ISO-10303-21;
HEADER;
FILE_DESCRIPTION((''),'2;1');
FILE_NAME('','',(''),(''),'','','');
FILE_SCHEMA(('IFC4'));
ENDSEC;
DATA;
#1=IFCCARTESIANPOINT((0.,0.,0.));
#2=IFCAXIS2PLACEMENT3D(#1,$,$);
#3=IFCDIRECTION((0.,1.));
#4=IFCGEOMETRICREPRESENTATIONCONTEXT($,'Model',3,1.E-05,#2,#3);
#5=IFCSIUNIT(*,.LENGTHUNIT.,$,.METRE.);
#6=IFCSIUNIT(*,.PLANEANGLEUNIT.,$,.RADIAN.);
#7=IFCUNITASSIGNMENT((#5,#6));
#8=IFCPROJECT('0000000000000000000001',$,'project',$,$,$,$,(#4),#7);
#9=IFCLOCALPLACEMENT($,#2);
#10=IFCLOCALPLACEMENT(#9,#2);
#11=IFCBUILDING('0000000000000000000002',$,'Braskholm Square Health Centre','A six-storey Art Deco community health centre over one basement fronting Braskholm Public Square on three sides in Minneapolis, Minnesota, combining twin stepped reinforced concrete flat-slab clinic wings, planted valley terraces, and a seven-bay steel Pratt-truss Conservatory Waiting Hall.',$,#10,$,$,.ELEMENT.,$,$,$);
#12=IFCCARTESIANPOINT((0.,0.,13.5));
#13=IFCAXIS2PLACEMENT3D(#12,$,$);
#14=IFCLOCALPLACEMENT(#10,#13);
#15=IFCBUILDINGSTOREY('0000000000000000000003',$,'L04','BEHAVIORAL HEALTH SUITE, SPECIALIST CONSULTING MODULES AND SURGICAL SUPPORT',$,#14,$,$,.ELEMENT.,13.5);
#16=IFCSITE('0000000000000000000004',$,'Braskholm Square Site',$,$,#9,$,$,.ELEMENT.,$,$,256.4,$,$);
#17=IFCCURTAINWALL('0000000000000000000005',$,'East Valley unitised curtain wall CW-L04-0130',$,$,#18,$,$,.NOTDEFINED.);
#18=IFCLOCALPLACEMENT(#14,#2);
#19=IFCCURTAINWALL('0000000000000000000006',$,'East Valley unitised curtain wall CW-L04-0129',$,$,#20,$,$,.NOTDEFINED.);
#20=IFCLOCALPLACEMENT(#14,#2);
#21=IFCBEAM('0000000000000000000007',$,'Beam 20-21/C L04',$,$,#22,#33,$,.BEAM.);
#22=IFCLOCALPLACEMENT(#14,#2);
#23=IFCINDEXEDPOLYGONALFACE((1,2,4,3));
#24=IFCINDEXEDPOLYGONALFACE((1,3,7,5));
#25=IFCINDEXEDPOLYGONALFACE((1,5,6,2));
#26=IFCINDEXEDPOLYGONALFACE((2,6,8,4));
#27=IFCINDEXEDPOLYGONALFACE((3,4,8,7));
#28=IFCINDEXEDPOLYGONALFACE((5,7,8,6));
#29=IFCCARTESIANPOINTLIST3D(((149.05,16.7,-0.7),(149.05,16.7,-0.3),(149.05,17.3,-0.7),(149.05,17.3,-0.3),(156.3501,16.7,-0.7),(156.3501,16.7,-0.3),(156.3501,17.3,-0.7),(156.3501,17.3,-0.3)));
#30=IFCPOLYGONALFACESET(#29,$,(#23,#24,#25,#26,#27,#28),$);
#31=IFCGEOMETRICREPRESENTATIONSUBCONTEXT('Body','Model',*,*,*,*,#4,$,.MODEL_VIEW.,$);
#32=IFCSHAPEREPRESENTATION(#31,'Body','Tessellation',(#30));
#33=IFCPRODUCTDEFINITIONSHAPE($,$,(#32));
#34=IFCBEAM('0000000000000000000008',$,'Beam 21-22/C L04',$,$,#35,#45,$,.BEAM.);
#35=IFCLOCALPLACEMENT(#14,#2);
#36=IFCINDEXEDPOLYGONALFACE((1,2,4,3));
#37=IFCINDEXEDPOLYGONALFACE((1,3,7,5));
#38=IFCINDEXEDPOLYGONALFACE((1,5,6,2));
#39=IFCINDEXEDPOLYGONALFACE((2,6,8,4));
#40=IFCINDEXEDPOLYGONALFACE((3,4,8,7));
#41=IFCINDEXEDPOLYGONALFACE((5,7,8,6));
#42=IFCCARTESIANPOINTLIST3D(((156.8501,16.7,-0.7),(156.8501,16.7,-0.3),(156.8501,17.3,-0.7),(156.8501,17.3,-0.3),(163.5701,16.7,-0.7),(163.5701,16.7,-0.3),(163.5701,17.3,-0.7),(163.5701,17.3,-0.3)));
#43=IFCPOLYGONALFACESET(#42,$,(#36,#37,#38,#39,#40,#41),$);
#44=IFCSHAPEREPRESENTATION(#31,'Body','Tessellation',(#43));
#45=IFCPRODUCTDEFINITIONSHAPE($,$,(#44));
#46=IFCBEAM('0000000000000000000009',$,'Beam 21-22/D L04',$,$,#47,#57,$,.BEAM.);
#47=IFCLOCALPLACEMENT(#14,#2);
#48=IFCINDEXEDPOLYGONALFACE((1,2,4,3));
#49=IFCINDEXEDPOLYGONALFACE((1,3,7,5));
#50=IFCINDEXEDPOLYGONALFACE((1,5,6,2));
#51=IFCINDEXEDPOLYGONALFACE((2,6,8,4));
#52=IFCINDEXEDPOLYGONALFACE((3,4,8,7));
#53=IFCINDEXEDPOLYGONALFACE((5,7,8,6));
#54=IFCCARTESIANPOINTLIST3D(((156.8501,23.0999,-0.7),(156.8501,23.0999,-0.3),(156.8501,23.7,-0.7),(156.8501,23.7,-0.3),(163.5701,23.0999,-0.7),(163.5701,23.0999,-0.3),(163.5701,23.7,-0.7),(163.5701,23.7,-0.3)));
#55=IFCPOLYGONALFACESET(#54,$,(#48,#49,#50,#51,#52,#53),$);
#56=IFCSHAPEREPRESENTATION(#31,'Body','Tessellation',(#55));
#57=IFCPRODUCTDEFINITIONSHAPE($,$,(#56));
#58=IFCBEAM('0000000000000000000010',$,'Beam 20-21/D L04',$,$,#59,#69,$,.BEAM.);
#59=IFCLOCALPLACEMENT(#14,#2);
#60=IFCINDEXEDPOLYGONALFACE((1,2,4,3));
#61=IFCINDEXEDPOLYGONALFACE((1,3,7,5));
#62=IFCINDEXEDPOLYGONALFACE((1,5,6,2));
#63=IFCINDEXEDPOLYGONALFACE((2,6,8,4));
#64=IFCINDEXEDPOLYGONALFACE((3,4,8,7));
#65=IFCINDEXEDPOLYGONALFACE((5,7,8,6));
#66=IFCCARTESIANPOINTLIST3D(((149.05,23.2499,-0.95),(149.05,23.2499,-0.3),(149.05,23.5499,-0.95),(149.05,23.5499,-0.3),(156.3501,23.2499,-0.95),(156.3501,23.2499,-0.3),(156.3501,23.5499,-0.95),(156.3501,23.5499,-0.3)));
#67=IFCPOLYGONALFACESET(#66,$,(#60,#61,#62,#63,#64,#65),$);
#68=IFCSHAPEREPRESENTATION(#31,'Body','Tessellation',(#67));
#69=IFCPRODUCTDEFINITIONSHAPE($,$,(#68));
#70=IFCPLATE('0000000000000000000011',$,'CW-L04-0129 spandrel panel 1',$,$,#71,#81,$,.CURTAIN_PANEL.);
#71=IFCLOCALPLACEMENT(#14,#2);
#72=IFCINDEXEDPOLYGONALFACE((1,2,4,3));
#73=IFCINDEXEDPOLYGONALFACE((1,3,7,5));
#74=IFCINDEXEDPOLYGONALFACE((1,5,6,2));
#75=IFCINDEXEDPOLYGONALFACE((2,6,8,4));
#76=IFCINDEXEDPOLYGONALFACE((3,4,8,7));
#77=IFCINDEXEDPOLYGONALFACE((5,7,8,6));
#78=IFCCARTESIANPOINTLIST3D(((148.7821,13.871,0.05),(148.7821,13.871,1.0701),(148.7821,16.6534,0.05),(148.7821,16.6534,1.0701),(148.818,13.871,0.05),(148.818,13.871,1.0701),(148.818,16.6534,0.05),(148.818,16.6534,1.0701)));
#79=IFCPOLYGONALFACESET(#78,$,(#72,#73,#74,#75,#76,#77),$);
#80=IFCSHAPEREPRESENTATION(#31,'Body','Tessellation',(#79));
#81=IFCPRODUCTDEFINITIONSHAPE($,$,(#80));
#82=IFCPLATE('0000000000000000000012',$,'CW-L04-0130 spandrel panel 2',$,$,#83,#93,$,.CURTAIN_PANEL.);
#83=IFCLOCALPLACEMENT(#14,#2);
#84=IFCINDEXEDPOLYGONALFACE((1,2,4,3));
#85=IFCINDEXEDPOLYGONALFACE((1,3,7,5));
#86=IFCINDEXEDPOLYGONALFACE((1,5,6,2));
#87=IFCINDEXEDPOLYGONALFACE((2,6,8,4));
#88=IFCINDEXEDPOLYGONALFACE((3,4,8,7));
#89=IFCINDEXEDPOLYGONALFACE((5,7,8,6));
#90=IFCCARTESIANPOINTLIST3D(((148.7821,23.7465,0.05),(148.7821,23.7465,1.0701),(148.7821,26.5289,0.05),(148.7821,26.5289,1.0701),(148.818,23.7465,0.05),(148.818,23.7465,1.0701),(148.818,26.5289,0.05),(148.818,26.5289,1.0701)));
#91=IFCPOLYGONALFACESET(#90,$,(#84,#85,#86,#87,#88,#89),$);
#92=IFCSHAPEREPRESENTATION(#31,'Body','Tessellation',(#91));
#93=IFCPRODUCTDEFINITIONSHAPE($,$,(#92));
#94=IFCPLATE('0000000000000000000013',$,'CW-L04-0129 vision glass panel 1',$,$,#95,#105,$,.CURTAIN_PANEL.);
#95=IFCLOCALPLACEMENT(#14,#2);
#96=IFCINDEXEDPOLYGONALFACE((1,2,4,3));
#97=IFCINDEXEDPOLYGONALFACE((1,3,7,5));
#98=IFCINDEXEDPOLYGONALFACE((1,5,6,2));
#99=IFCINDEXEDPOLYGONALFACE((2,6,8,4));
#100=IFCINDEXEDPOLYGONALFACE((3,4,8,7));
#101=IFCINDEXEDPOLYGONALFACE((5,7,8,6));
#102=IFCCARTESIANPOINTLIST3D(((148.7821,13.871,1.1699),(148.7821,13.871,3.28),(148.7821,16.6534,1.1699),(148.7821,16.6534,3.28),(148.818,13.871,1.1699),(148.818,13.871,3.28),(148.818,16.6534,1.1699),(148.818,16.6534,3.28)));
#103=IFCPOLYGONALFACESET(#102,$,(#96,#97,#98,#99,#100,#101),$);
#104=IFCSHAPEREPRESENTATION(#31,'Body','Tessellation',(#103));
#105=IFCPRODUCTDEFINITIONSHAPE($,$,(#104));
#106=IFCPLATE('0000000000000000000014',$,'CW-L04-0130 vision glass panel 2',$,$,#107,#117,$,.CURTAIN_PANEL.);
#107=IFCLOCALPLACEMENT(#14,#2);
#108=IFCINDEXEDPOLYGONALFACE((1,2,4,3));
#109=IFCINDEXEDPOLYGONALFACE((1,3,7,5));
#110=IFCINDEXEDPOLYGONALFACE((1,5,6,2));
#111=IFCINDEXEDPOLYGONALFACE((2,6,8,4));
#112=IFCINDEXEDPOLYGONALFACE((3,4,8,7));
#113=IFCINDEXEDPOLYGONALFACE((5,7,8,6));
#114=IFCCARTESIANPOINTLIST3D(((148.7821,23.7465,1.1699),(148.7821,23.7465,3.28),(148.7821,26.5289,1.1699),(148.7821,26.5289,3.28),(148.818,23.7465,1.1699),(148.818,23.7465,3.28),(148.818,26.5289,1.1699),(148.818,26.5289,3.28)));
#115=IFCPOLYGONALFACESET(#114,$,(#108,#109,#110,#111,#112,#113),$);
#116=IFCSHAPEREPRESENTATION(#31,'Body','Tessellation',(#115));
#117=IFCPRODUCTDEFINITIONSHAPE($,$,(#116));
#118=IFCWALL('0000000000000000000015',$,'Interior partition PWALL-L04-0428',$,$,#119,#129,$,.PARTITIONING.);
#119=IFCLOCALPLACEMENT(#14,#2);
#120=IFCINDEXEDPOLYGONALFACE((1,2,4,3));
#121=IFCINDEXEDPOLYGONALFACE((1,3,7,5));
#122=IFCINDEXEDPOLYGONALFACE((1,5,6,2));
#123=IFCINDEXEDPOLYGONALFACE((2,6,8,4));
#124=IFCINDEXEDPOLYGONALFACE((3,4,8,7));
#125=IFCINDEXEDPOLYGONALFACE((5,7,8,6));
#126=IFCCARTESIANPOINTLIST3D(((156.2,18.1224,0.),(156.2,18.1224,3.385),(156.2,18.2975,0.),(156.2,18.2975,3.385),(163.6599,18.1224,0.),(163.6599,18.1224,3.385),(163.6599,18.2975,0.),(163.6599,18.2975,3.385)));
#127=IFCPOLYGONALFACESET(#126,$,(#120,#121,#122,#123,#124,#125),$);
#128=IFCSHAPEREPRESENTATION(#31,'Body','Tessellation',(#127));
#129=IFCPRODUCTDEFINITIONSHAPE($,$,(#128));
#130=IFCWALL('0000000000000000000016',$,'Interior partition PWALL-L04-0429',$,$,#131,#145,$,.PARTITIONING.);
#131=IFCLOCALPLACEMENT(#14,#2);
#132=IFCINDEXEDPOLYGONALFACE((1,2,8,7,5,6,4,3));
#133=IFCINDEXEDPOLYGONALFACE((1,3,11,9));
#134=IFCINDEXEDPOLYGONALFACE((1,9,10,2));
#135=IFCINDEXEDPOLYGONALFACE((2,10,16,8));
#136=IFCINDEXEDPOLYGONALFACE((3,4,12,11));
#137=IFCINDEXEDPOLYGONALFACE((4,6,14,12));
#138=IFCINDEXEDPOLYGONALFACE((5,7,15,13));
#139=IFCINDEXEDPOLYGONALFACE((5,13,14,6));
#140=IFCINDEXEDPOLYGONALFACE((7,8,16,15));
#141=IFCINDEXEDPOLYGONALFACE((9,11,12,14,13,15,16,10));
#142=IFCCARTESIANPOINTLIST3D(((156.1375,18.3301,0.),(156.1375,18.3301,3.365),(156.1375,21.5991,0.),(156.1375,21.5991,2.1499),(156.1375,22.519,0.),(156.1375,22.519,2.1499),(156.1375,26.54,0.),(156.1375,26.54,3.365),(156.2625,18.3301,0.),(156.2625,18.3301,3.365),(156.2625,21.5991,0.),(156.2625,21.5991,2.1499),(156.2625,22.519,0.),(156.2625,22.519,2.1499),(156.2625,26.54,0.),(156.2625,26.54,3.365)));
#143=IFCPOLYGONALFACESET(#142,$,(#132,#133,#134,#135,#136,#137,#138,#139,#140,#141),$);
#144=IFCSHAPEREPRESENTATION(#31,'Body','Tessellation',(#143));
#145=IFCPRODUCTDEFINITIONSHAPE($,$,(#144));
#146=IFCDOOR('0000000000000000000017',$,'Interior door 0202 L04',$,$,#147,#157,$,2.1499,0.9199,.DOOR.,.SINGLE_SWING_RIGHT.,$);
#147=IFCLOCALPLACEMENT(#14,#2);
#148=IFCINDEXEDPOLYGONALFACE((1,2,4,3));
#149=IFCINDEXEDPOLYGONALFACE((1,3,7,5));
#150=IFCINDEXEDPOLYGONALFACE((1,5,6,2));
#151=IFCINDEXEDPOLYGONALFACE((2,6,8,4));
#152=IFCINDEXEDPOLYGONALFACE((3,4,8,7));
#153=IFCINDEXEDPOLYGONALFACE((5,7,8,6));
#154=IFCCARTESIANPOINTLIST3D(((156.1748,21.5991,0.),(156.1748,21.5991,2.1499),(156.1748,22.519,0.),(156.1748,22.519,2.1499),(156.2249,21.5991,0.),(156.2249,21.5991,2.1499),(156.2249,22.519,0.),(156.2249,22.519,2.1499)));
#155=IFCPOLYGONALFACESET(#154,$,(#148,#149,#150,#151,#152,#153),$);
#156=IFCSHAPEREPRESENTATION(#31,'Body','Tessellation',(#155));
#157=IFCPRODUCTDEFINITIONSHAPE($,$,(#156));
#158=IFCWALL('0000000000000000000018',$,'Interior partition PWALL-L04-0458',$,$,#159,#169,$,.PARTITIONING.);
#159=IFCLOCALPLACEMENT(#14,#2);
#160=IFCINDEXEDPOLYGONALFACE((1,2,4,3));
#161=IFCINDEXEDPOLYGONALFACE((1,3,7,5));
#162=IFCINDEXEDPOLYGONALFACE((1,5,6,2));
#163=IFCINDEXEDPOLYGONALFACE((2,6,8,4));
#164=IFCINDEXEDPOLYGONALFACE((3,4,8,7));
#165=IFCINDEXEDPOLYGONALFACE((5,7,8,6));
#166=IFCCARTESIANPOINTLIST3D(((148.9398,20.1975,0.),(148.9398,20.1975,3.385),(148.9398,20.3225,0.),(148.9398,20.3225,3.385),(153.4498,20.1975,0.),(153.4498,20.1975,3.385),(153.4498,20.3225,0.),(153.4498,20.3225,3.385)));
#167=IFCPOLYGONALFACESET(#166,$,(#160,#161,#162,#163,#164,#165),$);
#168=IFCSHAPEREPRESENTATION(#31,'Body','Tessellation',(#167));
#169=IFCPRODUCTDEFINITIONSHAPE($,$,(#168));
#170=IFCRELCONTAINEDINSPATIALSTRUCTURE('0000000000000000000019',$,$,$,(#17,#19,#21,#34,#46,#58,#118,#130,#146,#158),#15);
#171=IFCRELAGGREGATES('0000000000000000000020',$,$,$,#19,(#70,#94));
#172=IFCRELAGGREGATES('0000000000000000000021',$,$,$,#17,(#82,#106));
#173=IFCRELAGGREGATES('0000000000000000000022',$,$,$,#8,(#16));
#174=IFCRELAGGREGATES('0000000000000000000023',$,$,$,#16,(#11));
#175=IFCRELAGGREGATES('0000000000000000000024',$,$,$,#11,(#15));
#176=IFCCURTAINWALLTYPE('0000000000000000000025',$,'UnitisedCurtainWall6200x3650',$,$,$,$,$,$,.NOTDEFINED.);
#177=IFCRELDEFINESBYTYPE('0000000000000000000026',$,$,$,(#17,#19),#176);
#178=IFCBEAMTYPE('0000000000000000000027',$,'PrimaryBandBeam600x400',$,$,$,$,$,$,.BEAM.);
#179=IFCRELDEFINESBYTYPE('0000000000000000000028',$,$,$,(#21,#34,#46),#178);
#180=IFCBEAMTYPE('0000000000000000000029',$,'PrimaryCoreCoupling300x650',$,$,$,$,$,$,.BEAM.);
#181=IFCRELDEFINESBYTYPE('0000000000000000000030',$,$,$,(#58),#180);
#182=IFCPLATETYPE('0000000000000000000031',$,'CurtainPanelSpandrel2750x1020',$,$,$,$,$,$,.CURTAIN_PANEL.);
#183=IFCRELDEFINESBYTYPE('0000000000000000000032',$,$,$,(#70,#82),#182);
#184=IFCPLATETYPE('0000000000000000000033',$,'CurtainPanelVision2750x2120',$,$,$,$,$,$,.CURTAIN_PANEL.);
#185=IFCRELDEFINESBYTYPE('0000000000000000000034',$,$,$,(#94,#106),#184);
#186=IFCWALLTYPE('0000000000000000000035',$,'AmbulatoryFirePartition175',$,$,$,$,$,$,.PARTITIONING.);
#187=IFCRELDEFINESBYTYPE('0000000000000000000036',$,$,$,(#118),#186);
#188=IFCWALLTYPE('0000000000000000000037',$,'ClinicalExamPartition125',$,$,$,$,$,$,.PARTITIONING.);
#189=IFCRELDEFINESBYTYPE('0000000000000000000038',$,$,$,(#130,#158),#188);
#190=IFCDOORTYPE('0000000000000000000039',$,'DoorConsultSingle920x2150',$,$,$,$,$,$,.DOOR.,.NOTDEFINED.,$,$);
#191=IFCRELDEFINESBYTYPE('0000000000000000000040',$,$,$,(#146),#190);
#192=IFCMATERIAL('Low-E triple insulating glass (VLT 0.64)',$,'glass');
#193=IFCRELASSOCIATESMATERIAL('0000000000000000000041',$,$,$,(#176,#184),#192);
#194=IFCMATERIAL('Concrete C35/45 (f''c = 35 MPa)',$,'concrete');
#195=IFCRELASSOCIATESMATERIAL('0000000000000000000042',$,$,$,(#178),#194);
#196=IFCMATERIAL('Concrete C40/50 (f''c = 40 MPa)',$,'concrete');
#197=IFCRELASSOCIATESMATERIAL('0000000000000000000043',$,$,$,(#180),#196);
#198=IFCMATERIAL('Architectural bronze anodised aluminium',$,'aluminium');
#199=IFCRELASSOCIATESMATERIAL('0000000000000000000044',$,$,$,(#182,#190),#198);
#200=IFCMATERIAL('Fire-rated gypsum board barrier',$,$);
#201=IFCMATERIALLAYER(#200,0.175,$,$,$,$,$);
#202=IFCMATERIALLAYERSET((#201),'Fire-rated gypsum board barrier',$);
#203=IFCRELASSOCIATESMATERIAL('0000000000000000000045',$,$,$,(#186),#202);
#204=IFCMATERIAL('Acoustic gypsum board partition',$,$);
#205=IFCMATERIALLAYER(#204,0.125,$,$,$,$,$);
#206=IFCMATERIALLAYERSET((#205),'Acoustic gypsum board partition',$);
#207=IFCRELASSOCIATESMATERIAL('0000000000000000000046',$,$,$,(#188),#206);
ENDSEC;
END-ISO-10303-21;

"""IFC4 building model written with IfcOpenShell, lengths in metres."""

from ifc_helpers import new_model, si_unit, direction, frame, frame_2d, origin, origin_2d, place, context, subcontext, project, spatial, rectangle, extrude, material, layer, layer_set, material_profile, profile_set, type_object, element, fill, aggregate, save


model = new_model("IFC4")

# Units and contexts
model_context = context("Model", 3, precision=1e-05, world=origin(), true_north=direction((0.0, 1.0)))
body_context = subcontext(model_context, "Body", "Model", "MODEL_VIEW")
ifc_project = project(units=[si_unit("LENGTHUNIT", "METRE"), si_unit("PLANEANGLEUNIT", "RADIAN")], contexts=[model_context])

# Site, building, storey
site_placement = place(None, origin())
site = spatial("IfcSite", under=ifc_project, at=site_placement, Name="Braskholm Square Site", CompositionType="ELEMENT", RefElevation=256.4)
building_placement = place(site_placement, origin())
building = spatial("IfcBuilding", under=site, at=building_placement, Name="Braskholm Square Health Centre", Description="A six-storey Art Deco community health centre over one basement fronting Braskholm Public Square on three sides in Minneapolis, Minnesota, combining twin stepped reinforced concrete flat-slab clinic wings, planted valley terraces, and a seven-bay steel Pratt-truss Conservatory Waiting Hall.", CompositionType="ELEMENT")
storey_placement = place(building_placement, frame((0.0, 0.0, 13.5)))
storey = spatial("IfcBuildingStorey", under=building, at=storey_placement, Name="L04", Description="BEHAVIORAL HEALTH SUITE, SPECIALIST CONSULTING MODULES AND SURGICAL SUPPORT", CompositionType="ELEMENT", Elevation=13.5)

# Shared definitions
ifc_material_1 = material(Name="Concrete C40/50 (f'c = 40 MPa)", Category="concrete")

# Curtain walls
ifc_material_2 = material(Name="Low-E triple insulating glass (VLT 0.64)", Category="glass")
curtain_wall_type = type_object("IfcCurtainWallType", Name="UnitisedCurtainWall6200x3650", PredefinedType="NOTDEFINED", material=ifc_material_2)
curtain_wall_1_placement = place(storey_placement, origin())
curtain_wall_1 = element("IfcCurtainWall", 1, at=curtain_wall_1_placement, inside=storey, type_object=curtain_wall_type, Name="East Valley unitised curtain wall CW-L04-0130", PredefinedType="NOTDEFINED")
ifc_material_3 = material(Name="Architectural bronze anodised aluminium", Category="aluminium")
curtain_wall_2_placement = place(storey_placement, origin())
curtain_wall_2 = element("IfcCurtainWall", 2, at=curtain_wall_2_placement, inside=storey, type_object=curtain_wall_type, Name="East Valley unitised curtain wall CW-L04-0129", PredefinedType="NOTDEFINED")

# Beams
ifc_material_4 = material(Name="Concrete C35/45 (f'c = 35 MPa)", Category="concrete")
ifc_material_profile_1 = material_profile(ifc_material_4, rectangle(XDim=0.6001, YDim=0.3999, at=origin_2d()), Name="RCB-600X400")
ifc_profile_set_1 = profile_set([ifc_material_profile_1], Name="Concrete C35/45 (f'c = 35 MPa)")
beam_type_1 = type_object("IfcBeamType", Name="PrimaryBandBeam600x400", PredefinedType="BEAM", material=ifc_profile_set_1)
beam_1_placement = place(storey_placement, frame((149.05, 17.0, -0.5), z_axis=(1.0, 0.0, 0.0), x_axis=(0.0, 1.0, 0.0)))
element("IfcBeam", 3, at=beam_1_placement, inside=storey, type_object=beam_type_1, Name="Beam 20-21/C L04", PredefinedType="BEAM", context=body_context, shape_type="SweptSolid", body=[
    extrude(rectangle(XDim=0.6001, YDim=0.3999, at=origin_2d()), origin(), (0.0, 0.0, 1.0), 7.3),
])
for number, where, z_axis, x_axis, name in (
    (4, (156.8501, 17.0, -0.5), (1.0, 0.0, 0.0), (0.0, 1.0, 0.0), "Beam 21-22/C L04"),
    (5, (156.8501, 23.3999, -0.5), (1.0, 0.0, 0.0), (0.0, 1.0, 0.0), "Beam 21-22/D L04"),
):
    element("IfcBeam", number, at=place(storey_placement, frame(where, z_axis=z_axis, x_axis=x_axis)), inside=storey, type_object=beam_type_1, Name=name, PredefinedType="BEAM", context=body_context, shape_type="SweptSolid", body=[
        extrude(rectangle(XDim=0.6001, YDim=0.3999, at=origin_2d()), origin(), (0.0, 0.0, 1.0), 6.72),
    ])
ifc_material_profile_2 = material_profile(ifc_material_1, rectangle(XDim=0.3, YDim=0.6499, at=origin_2d()), Name="RCB-300X650")
ifc_profile_set_2 = profile_set([ifc_material_profile_2], Name="Concrete C40/50 (f'c = 40 MPa)")
beam_type_2 = type_object("IfcBeamType", Name="PrimaryCoreCoupling300x650", PredefinedType="BEAM", material=ifc_profile_set_2)
beam_2_placement = place(storey_placement, frame((149.05, 23.3999, -0.625), z_axis=(1.0, 0.0, 0.0), x_axis=(0.0, 1.0, 0.0)))
element("IfcBeam", 6, at=beam_2_placement, inside=storey, type_object=beam_type_2, Name="Beam 20-21/D L04", PredefinedType="BEAM", context=body_context, shape_type="SweptSolid", body=[
    extrude(rectangle(XDim=0.3, YDim=0.6499, at=origin_2d()), origin(), (0.0, 0.0, 1.0), 7.3),
])

# Plates
plate_type_1 = type_object("IfcPlateType", Name="CurtainPanelSpandrel2750x1020", PredefinedType="CURTAIN_PANEL", material=ifc_material_3)
plate_1_placement = place(storey_placement, frame((148.8, 15.2622, 0.05), z_axis=(0.0, 0.0, 1.0), x_axis=(0.0, -1.0, 0.0)))
plate_1 = element("IfcPlate", 7, at=plate_1_placement, type_object=plate_type_1, Name="CW-L04-0129 spandrel panel 1", PredefinedType="CURTAIN_PANEL", context=body_context, shape_type="SweptSolid", body=[
    extrude(rectangle(XDim=2.7825, YDim=0.0359, at=origin_2d()), origin(), (0.0, 0.0, 1.0), 1.02),
])
plate_2_placement = place(storey_placement, frame((148.8, 25.1377, 0.05), z_axis=(0.0, 0.0, 1.0), x_axis=(0.0, -1.0, 0.0)))
plate_2 = element("IfcPlate", 8, at=plate_2_placement, type_object=plate_type_1, Name="CW-L04-0130 spandrel panel 2", PredefinedType="CURTAIN_PANEL", context=body_context, shape_type="SweptSolid", body=[
    extrude(rectangle(XDim=2.7825, YDim=0.0359, at=origin_2d()), origin(), (0.0, 0.0, 1.0), 1.02),
])
plate_type_2 = type_object("IfcPlateType", Name="CurtainPanelVision2750x2120", PredefinedType="CURTAIN_PANEL", material=ifc_material_2)
plate_3_placement = place(storey_placement, frame((148.8, 15.2622, 1.1699), z_axis=(0.0, 0.0, 1.0), x_axis=(0.0, -1.0, 0.0)))
plate_3 = element("IfcPlate", 9, at=plate_3_placement, type_object=plate_type_2, Name="CW-L04-0129 vision glass panel 1", PredefinedType="CURTAIN_PANEL", context=body_context, shape_type="SweptSolid", body=[
    extrude(rectangle(XDim=2.7825, YDim=0.0359, at=origin_2d()), origin(), (0.0, 0.0, 1.0), 2.1101),
])
aggregate(curtain_wall_2, [plate_1, plate_3])
plate_4_placement = place(storey_placement, frame((148.8, 25.1377, 1.1699), z_axis=(0.0, 0.0, 1.0), x_axis=(0.0, -1.0, 0.0)))
plate_4 = element("IfcPlate", 10, at=plate_4_placement, type_object=plate_type_2, Name="CW-L04-0130 vision glass panel 2", PredefinedType="CURTAIN_PANEL", context=body_context, shape_type="SweptSolid", body=[
    extrude(rectangle(XDim=2.7825, YDim=0.0359, at=origin_2d()), origin(), (0.0, 0.0, 1.0), 2.1101),
])
aggregate(curtain_wall_1, [plate_2, plate_4])

# Wall
ifc_material_5 = material(Name="Fire-rated gypsum board barrier")
ifc_layer_1 = layer(ifc_material_5, 0.175)
ifc_layer_set_1 = layer_set([ifc_layer_1], Name="Fire-rated gypsum board barrier")
wall_type_1 = type_object("IfcWallType", Name="AmbulatoryFirePartition175", PredefinedType="PARTITIONING", material=ifc_layer_set_1)
wall_1_placement = place(storey_placement, frame((156.2, 18.21, 0.0), z_axis=(0.0, 0.0, 1.0), x_axis=(1.0, 0.0, 0.0)))
element("IfcWall", 11, at=wall_1_placement, inside=storey, type_object=wall_type_1, Name="Interior partition PWALL-L04-0428", PredefinedType="PARTITIONING", context=body_context, shape_type="SweptSolid", body=[
    extrude(rectangle(XDim=7.46, YDim=0.175, at=frame_2d((3.73, 0.0))), origin(), (0.0, 0.0, 1.0), 3.385),
])

# Wall, opening, door
ifc_material_6 = material(Name="Acoustic gypsum board partition")
ifc_layer_2 = layer(ifc_material_6, 0.125)
ifc_layer_set_2 = layer_set([ifc_layer_2], Name="Acoustic gypsum board partition")
wall_type_2 = type_object("IfcWallType", Name="ClinicalExamPartition125", PredefinedType="PARTITIONING", material=ifc_layer_set_2)
wall_2_placement = place(storey_placement, frame((156.2, 18.3301, 0.0), z_axis=(0.0, 0.0, 1.0), x_axis=(0.0, 1.0, 0.0)))
wall_2 = element("IfcWall", 12, at=wall_2_placement, inside=storey, type_object=wall_type_2, Name="Interior partition PWALL-L04-0429", PredefinedType="PARTITIONING", context=body_context, shape_type="SweptSolid", body=[
    extrude(rectangle(XDim=8.21, YDim=0.125, at=frame_2d((4.105, 0.0))), origin(), (0.0, 0.0, 1.0), 3.365),
])
opening_1_placement = place(wall_2_placement, frame((3.269, 0.0, 0.0)))
opening_1 = element("IfcOpeningElement", 13, at=opening_1_placement, cuts=wall_2, PredefinedType="OPENING", context=body_context, shape_type="SweptSolid", body=[
    extrude(rectangle(XDim=0.9199, YDim=2.1499, at=frame_2d((0.46, 1.075))), frame((0.0, 0.0725, 0.0), z_axis=(0.0, -1.0, 0.0), x_axis=(1.0, 0.0, 0.0)), (0.0, 0.0, 1.0), 0.145),
])
door_type_1 = type_object("IfcDoorType", Name="DoorConsultSingle920x2150", OperationType="NOTDEFINED", PredefinedType="DOOR", material=ifc_material_3)
door_1_placement = place(opening_1_placement, frame((0.9199, 0.0, 0.0), z_axis=(0.0, 0.0, 1.0), x_axis=(-1.0, 0.0, 0.0)))
door_1 = element("IfcDoor", 14, at=door_1_placement, inside=storey, type_object=door_type_1, Name="Interior door 0202 L04", OperationType="SINGLE_SWING_RIGHT", OverallHeight=2.1499, OverallWidth=0.9199, PredefinedType="DOOR", context=body_context, shape_type="SweptSolid", body=[
    extrude(rectangle(XDim=0.9199, YDim=2.1499, at=frame_2d((0.46, 1.075))), frame((0.0, 0.0249, 0.0), z_axis=(0.0, -1.0, 0.0), x_axis=(1.0, 0.0, 0.0)), (0.0, 0.0, 1.0), 0.05),
])
fill(opening_1, door_1)

# Wall
wall_3_placement = place(storey_placement, frame((148.9399, 20.26, 0.0), z_axis=(0.0, 0.0, 1.0), x_axis=(1.0, 0.0, 0.0)))
element("IfcWall", 15, at=wall_3_placement, inside=storey, type_object=wall_type_2, Name="Interior partition PWALL-L04-0458", PredefinedType="PARTITIONING", context=body_context, shape_type="SweptSolid", body=[
    extrude(rectangle(XDim=4.51, YDim=0.125, at=frame_2d((2.2549, 0.0))), origin(), (0.0, 0.0, 1.0), 3.385),
])

save(model, "model.ifc")
